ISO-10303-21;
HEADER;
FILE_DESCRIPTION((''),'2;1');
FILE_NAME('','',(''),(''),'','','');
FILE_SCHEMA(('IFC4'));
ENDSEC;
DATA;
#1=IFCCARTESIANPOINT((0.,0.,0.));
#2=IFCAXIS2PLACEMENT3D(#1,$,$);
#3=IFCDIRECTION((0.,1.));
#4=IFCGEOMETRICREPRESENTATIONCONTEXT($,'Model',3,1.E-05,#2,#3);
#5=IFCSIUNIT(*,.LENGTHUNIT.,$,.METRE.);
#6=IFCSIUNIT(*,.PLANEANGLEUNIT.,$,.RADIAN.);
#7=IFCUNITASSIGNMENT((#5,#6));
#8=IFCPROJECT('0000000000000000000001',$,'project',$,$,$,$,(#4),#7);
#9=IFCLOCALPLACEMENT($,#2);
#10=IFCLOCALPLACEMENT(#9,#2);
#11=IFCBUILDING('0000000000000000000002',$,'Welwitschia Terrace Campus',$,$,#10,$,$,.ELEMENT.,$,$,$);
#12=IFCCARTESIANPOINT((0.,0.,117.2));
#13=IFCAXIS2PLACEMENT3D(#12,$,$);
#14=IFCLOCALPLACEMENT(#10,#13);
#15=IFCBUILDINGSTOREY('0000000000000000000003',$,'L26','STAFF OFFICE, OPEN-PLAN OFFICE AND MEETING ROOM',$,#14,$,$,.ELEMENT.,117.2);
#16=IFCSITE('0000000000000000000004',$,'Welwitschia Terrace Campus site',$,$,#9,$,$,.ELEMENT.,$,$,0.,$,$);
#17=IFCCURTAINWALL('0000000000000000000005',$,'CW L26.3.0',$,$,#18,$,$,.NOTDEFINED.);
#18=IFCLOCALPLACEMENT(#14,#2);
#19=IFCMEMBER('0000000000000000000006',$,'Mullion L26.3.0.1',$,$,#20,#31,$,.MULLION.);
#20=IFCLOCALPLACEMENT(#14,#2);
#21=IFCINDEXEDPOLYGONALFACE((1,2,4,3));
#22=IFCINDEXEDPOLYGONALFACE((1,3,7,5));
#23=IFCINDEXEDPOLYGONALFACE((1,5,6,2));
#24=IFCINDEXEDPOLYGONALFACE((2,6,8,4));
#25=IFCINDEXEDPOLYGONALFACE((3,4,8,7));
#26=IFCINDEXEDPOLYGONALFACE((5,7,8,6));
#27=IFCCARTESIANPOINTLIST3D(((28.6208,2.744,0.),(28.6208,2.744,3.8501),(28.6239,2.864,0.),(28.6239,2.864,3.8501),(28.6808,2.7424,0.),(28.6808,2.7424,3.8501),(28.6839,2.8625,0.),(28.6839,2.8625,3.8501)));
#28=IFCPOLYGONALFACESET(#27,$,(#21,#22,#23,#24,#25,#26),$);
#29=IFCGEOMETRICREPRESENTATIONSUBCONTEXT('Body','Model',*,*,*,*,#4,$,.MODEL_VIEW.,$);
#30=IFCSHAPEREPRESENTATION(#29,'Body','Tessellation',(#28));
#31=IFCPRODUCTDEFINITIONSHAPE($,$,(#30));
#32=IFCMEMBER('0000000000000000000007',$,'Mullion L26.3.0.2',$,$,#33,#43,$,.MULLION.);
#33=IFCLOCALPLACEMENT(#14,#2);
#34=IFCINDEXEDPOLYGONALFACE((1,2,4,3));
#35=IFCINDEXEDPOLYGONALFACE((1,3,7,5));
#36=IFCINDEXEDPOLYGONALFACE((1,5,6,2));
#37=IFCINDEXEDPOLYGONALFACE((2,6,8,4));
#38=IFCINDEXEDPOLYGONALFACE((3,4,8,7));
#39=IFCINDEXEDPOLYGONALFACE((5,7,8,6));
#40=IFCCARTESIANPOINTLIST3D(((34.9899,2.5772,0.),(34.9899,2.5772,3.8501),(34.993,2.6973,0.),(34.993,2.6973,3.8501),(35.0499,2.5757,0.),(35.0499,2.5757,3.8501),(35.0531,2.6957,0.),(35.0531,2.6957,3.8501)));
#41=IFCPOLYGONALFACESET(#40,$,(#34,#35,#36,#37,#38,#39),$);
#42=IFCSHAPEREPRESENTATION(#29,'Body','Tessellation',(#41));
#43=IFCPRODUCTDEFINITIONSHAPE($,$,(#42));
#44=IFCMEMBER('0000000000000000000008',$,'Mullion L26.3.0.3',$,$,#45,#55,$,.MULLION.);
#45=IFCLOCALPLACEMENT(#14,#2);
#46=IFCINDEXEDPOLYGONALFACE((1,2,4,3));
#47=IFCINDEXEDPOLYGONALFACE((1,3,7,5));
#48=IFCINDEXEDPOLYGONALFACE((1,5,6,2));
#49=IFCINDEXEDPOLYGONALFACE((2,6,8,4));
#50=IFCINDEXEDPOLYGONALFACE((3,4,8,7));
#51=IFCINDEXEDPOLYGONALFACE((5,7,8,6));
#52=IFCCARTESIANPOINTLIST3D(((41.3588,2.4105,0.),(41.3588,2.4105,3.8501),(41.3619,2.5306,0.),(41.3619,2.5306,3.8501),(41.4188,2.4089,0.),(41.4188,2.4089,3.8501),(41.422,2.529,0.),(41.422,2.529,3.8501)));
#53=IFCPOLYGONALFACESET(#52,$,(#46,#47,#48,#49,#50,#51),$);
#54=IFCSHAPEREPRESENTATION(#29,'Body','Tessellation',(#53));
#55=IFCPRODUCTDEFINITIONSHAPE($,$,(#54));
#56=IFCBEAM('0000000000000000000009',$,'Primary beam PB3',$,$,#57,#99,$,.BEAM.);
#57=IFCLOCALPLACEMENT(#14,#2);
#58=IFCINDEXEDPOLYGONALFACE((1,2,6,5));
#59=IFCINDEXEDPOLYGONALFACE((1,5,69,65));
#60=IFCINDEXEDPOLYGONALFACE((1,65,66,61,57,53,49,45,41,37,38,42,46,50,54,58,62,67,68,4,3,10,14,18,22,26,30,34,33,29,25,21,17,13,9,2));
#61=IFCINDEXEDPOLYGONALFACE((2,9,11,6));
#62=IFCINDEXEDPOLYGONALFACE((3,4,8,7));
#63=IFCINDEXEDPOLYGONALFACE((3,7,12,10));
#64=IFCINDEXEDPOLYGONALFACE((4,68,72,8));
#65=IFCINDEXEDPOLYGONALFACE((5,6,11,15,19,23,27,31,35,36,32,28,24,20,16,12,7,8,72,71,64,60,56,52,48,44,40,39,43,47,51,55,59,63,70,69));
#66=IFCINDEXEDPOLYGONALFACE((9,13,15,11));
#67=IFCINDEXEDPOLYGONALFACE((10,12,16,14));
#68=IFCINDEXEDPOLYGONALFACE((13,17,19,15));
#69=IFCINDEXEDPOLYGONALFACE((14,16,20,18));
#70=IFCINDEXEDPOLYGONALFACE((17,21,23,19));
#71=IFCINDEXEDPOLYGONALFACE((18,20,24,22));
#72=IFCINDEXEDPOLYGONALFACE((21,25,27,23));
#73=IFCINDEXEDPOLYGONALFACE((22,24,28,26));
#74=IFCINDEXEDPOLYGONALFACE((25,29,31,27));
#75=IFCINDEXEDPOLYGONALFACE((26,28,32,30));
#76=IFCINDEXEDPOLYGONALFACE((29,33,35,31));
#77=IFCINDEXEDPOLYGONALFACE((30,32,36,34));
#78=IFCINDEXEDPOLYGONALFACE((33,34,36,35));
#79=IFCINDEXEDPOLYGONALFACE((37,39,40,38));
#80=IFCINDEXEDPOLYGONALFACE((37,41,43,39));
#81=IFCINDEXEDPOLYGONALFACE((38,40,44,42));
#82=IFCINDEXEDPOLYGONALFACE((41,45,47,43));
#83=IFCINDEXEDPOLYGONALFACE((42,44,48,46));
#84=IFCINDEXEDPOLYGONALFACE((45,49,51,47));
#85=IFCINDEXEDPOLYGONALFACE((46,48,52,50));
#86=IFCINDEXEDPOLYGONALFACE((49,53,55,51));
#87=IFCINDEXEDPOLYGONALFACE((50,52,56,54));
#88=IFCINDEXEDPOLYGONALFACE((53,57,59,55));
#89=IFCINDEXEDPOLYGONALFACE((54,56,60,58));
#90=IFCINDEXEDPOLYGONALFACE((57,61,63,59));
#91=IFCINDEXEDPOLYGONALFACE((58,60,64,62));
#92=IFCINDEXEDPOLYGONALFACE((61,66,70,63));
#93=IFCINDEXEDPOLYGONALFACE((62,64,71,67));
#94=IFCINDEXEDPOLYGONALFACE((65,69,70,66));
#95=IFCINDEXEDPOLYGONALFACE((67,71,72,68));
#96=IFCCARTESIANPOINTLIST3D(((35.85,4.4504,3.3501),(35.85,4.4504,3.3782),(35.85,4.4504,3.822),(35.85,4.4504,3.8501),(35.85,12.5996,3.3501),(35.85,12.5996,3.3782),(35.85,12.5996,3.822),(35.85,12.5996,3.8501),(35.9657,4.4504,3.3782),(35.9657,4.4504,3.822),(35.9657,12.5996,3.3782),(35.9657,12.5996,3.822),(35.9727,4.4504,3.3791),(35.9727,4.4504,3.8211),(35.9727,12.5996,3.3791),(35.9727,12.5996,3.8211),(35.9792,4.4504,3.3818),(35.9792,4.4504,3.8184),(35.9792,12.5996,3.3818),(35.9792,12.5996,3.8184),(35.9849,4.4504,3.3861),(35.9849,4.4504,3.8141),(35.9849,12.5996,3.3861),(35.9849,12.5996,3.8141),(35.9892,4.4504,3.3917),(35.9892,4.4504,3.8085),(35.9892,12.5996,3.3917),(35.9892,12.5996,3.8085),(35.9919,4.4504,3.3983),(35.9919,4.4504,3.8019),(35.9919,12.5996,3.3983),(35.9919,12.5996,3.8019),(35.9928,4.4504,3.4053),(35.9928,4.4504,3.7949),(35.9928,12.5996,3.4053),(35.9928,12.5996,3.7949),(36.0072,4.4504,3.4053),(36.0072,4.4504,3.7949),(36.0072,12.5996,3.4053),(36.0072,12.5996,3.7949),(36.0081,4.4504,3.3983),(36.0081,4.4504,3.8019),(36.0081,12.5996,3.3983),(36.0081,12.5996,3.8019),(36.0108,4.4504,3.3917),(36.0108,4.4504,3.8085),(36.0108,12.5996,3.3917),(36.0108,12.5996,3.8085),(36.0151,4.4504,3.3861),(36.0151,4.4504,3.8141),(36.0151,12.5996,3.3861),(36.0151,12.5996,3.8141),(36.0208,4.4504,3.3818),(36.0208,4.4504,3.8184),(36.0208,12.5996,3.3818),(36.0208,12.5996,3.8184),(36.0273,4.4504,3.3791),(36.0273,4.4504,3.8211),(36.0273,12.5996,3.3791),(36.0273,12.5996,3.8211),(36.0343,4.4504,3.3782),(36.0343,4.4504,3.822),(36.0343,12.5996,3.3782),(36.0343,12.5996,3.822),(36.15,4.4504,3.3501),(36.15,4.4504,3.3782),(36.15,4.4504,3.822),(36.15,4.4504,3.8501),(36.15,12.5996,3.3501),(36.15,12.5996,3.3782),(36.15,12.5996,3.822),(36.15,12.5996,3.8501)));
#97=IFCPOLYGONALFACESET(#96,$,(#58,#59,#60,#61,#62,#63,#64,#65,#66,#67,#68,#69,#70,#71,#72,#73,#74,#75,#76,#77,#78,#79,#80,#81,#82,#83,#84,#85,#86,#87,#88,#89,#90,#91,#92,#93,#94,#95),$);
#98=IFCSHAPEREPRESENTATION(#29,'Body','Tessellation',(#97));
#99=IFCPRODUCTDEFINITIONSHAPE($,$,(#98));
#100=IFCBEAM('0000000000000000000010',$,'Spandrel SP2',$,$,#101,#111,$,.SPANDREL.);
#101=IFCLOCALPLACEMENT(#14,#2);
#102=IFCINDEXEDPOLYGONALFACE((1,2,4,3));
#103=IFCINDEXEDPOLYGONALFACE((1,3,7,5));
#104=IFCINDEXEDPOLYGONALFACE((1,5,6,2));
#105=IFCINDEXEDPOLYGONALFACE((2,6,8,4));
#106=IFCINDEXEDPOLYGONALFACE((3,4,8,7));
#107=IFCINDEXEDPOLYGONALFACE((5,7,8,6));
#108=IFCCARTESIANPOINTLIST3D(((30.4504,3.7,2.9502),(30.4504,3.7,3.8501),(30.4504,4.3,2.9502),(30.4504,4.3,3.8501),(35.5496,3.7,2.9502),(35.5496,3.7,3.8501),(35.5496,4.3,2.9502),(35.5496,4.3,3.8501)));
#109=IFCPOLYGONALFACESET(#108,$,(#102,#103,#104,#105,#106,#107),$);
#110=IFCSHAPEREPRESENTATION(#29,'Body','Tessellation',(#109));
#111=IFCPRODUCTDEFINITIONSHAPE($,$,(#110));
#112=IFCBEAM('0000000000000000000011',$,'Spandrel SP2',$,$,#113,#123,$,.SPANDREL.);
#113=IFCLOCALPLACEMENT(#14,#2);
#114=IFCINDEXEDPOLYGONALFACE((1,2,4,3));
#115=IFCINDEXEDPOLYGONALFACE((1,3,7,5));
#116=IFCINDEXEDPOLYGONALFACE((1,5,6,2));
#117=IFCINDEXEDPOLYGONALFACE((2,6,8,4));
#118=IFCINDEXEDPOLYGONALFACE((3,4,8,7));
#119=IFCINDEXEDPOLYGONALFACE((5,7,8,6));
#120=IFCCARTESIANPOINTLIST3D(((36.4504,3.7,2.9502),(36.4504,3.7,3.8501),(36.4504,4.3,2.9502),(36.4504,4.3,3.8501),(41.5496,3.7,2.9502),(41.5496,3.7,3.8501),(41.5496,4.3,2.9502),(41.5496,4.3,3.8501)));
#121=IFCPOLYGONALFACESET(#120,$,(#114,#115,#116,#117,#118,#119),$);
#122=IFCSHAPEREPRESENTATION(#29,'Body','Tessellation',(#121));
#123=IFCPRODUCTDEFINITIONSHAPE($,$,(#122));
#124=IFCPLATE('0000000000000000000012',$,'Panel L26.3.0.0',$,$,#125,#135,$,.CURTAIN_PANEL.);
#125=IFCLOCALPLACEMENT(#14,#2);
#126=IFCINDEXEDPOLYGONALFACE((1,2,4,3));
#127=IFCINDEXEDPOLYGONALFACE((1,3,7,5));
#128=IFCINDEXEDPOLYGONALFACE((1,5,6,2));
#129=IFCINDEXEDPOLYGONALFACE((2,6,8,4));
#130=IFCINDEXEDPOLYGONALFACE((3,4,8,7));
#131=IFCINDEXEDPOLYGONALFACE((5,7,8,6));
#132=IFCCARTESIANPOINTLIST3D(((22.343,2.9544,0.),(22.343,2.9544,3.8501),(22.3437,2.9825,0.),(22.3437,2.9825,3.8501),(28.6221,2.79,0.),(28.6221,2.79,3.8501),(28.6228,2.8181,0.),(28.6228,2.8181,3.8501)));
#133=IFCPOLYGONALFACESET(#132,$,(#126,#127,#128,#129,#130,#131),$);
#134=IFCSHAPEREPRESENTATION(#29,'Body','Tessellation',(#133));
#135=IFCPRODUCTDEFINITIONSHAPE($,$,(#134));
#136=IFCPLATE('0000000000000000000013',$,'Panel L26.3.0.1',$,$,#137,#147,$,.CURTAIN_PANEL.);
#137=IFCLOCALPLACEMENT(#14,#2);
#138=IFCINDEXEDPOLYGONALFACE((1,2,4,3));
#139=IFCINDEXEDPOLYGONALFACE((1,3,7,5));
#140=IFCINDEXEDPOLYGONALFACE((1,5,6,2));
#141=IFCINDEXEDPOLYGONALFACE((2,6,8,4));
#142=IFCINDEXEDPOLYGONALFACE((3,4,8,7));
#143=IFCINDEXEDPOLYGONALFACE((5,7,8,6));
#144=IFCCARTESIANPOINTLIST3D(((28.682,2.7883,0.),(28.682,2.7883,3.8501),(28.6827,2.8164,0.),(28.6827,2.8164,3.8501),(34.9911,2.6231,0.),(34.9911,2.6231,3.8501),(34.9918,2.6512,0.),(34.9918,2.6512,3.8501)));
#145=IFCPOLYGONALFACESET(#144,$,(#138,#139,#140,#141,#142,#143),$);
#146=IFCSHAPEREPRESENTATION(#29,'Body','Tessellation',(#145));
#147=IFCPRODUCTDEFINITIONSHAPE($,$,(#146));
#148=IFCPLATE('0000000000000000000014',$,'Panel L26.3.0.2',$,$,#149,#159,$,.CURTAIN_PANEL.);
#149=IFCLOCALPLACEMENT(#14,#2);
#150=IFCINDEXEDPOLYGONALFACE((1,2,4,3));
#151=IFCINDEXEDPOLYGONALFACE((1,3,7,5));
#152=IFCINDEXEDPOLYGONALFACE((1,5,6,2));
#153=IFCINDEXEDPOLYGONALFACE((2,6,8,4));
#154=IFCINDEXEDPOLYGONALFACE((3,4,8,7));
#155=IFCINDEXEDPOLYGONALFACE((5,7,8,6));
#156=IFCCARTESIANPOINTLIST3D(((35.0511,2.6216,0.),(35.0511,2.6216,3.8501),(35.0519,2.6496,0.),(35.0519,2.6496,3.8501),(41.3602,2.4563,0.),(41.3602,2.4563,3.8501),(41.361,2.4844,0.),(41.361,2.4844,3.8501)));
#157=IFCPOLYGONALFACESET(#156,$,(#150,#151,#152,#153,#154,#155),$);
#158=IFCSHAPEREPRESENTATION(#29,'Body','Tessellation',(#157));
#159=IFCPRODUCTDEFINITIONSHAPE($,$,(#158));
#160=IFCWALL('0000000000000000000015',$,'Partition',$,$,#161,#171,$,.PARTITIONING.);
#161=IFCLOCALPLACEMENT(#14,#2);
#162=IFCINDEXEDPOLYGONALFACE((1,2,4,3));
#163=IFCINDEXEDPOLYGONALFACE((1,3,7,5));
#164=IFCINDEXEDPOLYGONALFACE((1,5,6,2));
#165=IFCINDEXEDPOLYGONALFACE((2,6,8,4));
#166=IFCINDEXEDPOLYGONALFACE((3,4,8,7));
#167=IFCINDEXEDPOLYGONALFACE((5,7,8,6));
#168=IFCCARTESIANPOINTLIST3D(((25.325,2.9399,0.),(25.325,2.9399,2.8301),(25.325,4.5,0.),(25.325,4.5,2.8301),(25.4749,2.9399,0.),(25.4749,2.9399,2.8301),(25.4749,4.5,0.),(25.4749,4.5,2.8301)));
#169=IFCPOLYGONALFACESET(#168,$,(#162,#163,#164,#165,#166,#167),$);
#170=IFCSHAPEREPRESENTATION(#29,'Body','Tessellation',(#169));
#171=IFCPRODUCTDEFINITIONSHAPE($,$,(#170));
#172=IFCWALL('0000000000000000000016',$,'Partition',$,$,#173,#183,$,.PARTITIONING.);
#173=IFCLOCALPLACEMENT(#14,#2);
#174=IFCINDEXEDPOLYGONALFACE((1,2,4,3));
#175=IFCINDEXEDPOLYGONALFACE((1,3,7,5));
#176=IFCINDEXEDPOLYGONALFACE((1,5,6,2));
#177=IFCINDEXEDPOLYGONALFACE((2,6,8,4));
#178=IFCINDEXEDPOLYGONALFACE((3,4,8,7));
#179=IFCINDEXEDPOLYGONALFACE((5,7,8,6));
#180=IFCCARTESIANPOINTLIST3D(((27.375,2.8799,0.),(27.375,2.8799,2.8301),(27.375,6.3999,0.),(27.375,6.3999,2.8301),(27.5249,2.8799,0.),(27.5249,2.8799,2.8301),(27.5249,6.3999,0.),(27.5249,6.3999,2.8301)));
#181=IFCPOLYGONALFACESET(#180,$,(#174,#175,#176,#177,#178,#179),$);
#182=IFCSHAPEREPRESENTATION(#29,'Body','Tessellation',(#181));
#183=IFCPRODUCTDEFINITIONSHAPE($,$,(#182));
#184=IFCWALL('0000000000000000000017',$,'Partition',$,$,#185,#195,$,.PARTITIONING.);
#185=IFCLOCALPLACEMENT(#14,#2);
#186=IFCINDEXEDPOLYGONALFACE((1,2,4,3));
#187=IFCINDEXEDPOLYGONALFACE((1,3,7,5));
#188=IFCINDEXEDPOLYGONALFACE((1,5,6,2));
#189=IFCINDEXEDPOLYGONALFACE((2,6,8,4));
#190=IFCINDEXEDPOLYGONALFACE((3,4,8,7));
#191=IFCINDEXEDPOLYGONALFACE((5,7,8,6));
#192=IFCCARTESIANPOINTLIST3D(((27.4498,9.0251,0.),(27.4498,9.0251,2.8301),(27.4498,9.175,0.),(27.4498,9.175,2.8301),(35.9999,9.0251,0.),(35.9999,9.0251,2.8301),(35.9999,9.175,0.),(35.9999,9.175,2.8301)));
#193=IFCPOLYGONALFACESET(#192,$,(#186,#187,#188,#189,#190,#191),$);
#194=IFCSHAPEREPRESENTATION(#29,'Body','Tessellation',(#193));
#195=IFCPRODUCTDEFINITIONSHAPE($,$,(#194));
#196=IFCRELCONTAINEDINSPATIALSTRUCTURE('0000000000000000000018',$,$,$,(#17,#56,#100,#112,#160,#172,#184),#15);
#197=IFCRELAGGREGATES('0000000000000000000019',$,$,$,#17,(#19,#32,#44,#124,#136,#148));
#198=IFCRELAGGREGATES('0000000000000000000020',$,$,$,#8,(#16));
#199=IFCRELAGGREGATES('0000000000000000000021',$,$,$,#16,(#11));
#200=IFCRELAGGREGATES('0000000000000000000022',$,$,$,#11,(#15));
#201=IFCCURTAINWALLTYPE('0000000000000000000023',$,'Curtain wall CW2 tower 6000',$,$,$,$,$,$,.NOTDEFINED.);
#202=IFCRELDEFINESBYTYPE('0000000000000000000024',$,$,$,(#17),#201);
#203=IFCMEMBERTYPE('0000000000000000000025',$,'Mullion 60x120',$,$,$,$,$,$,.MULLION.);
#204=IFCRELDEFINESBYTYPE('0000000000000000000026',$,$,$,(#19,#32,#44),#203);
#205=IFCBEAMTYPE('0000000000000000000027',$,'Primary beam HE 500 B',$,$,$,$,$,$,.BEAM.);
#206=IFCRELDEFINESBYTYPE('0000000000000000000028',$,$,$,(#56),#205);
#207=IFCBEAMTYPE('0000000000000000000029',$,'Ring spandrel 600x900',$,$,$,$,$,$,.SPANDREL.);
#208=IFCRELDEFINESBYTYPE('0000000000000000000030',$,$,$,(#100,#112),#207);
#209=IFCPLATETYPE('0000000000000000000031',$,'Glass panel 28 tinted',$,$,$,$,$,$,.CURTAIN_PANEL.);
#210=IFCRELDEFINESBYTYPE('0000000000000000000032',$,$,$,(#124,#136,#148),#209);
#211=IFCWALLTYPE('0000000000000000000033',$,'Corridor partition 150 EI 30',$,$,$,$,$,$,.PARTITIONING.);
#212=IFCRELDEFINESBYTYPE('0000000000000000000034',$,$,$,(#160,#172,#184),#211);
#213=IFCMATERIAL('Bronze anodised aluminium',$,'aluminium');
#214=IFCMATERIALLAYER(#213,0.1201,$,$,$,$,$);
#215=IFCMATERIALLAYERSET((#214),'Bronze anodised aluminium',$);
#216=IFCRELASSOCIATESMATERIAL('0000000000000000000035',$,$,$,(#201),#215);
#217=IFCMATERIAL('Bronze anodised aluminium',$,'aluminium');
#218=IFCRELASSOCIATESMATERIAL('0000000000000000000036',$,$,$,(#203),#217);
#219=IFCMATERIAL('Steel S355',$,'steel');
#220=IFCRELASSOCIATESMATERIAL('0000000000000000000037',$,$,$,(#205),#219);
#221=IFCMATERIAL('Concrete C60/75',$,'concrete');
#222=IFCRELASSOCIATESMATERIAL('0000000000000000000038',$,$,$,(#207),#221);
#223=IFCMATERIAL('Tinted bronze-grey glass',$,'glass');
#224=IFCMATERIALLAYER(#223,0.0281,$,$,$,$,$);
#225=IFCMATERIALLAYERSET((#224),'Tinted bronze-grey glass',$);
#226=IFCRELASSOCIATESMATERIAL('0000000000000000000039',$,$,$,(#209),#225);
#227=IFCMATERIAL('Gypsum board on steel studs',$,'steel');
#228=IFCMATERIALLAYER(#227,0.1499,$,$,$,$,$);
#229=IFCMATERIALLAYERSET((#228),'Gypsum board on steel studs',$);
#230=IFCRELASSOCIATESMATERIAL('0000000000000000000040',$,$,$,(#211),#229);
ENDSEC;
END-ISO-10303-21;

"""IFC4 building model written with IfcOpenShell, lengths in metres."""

from ifc_helpers import new_model, si_unit, direction, frame, frame_2d, origin, origin_2d, place, context, subcontext, project, spatial, rectangle, i_section, extrude, material, layer, layer_set, material_profile, profile_set, type_object, element, aggregate, save


model = new_model("IFC4")

# Units and contexts
model_context = context("Model", 3, precision=1e-05, world=origin(), true_north=direction((0.0, 1.0)))
body_context = subcontext(model_context, "Body", "Model", "MODEL_VIEW")
ifc_project = project(units=[si_unit("LENGTHUNIT", "METRE"), si_unit("PLANEANGLEUNIT", "RADIAN")], contexts=[model_context])

# Site, building, storey
site_placement = place(None, origin())
site = spatial("IfcSite", under=ifc_project, at=site_placement, Name="Welwitschia Terrace Campus site", CompositionType="ELEMENT", RefElevation=0.0)
building_placement = place(site_placement, origin())
building = spatial("IfcBuilding", under=site, at=building_placement, Name="Welwitschia Terrace Campus", CompositionType="ELEMENT")
storey_placement = place(building_placement, frame((0.0, 0.0, 117.2)))
storey = spatial("IfcBuildingStorey", under=building, at=storey_placement, Name="L26", Description="STAFF OFFICE, OPEN-PLAN OFFICE AND MEETING ROOM", CompositionType="ELEMENT", Elevation=117.2)

# Curtain wall, members
ifc_material_1 = material(Name="Bronze anodised aluminium", Category="aluminium")
ifc_layer_1 = layer(ifc_material_1, 0.1201)
ifc_layer_set_1 = layer_set([ifc_layer_1], Name="Bronze anodised aluminium")
curtain_wall_type = type_object("IfcCurtainWallType", Name="Curtain wall CW2 tower 6000", PredefinedType="NOTDEFINED", material=ifc_layer_set_1)
curtain_wall_placement = place(storey_placement, origin())
curtain_wall = element("IfcCurtainWall", 1, at=curtain_wall_placement, inside=storey, type_object=curtain_wall_type, Name="CW L26.3.0", PredefinedType="NOTDEFINED")
ifc_material_2 = material(Name="Bronze anodised aluminium", Category="aluminium")
ifc_material_profile_1 = material_profile(ifc_material_2, rectangle(XDim=0.1201, YDim=0.0601, at=origin_2d()))
ifc_profile_set_1 = profile_set([ifc_material_profile_1], Name="Bronze anodised aluminium")
member_type = type_object("IfcMemberType", Name="Mullion 60x120", PredefinedType="MULLION", material=ifc_profile_set_1)
member_1_placement = place(storey_placement, frame((28.6523, 2.8032, 0.0), z_axis=(0.0, 0.0, 1.0), x_axis=(0.026177, 0.999657, 0.0)))
member_1 = element("IfcMember", 2, at=member_1_placement, type_object=member_type, Name="Mullion L26.3.0.1", PredefinedType="MULLION", context=body_context, shape_type="SweptSolid", body=[
    extrude(rectangle(XDim=0.1201, YDim=0.0601, at=origin_2d()), origin(), (0.0, 0.0, 1.0), 3.8501),
])
member_2_placement = place(storey_placement, frame((35.0215, 2.6365, 0.0), z_axis=(0.0, 0.0, 1.0), x_axis=(0.026177, 0.999657, 0.0)))
member_2 = element("IfcMember", 3, at=member_2_placement, type_object=member_type, Name="Mullion L26.3.0.2", PredefinedType="MULLION", context=body_context, shape_type="SweptSolid", body=[
    extrude(rectangle(XDim=0.1201, YDim=0.0601, at=origin_2d()), origin(), (0.0, 0.0, 1.0), 3.8501),
])
member_3_placement = place(storey_placement, frame((41.3904, 2.4697, 0.0), z_axis=(0.0, 0.0, 1.0), x_axis=(0.026177, 0.999657, 0.0)))
member_3 = element("IfcMember", 4, at=member_3_placement, type_object=member_type, Name="Mullion L26.3.0.3", PredefinedType="MULLION", context=body_context, shape_type="SweptSolid", body=[
    extrude(rectangle(XDim=0.1201, YDim=0.0601, at=origin_2d()), origin(), (0.0, 0.0, 1.0), 3.8501),
])

# Beams
ifc_material_3 = material(Name="Steel S355", Category="steel")
ifc_material_profile_2 = material_profile(ifc_material_3, i_section(OverallWidth=0.3, OverallDepth=0.5, WebThickness=0.0144, FlangeThickness=0.0281, FilletRadius=0.0271, at=origin_2d()))
ifc_profile_set_2 = profile_set([ifc_material_profile_2], Name="Steel S355")
beam_type_1 = type_object("IfcBeamType", Name="Primary beam HE 500 B", PredefinedType="BEAM", material=ifc_profile_set_2)
beam_1_placement = place(storey_placement, frame((36.0, 4.4504, 3.6001), z_axis=(0.0, 1.0, 0.0), x_axis=(-1.0, 0.0, 0.0)))
element("IfcBeam", 5, at=beam_1_placement, inside=storey, type_object=beam_type_1, Name="Primary beam PB3", PredefinedType="BEAM", context=body_context, shape_type="SweptSolid", body=[
    extrude(i_section(OverallWidth=0.3, OverallDepth=0.5, WebThickness=0.0144, FlangeThickness=0.0281, FilletRadius=0.0271, at=origin_2d()), origin(), (0.0, 0.0, 1.0), 8.1492),
])
ifc_material_4 = material(Name="Concrete C60/75", Category="concrete")
ifc_material_profile_3 = material_profile(ifc_material_4, rectangle(XDim=0.6001, YDim=0.8999, at=origin_2d()))
ifc_profile_set_3 = profile_set([ifc_material_profile_3], Name="Concrete C60/75")
beam_type_2 = type_object("IfcBeamType", Name="Ring spandrel 600x900", PredefinedType="SPANDREL", material=ifc_profile_set_3)
for number, where, z_axis, x_axis, name in (
    (6, (30.4504, 4.0, 3.4001), (1.0, 0.0, 0.0), (0.0, 1.0, 0.0), "Spandrel SP2"),
    (7, (36.4504, 4.0, 3.4001), (1.0, 0.0, 0.0), (0.0, 1.0, 0.0), "Spandrel SP2"),
):
    element("IfcBeam", number, at=place(storey_placement, frame(where, z_axis=z_axis, x_axis=x_axis)), inside=storey, type_object=beam_type_2, Name=name, PredefinedType="SPANDREL", context=body_context, shape_type="SweptSolid", body=[
        extrude(rectangle(XDim=0.6001, YDim=0.8999, at=origin_2d()), origin(), (0.0, 0.0, 1.0), 5.0991),
    ])

# Plates
ifc_material_5 = material(Name="Tinted bronze-grey glass", Category="glass")
ifc_layer_2 = layer(ifc_material_5, 0.0281)
ifc_layer_set_2 = layer_set([ifc_layer_2], Name="Tinted bronze-grey glass")
plate_type = type_object("IfcPlateType", Name="Glass panel 28 tinted", PredefinedType="CURTAIN_PANEL", material=ifc_layer_set_2)
plate_1_placement = place(storey_placement, frame((25.4829, 2.8862, 0.0), z_axis=(0.0, 0.0, 1.0), x_axis=(0.999657, -0.026177, 0.0)))
plate_1 = element("IfcPlate", 8, at=plate_1_placement, type_object=plate_type, Name="Panel L26.3.0.0", PredefinedType="CURTAIN_PANEL", context=body_context, shape_type="SweptSolid", body=[
    extrude(rectangle(XDim=6.2812, YDim=0.0281, at=origin_2d()), origin(), (0.0, 0.0, 1.0), 3.8501),
])
plate_2_placement = place(storey_placement, frame((31.8369, 2.7197, 0.0), z_axis=(0.0, 0.0, 1.0), x_axis=(0.999657, -0.026177, 0.0)))
plate_2 = element("IfcPlate", 9, at=plate_2_placement, type_object=plate_type, Name="Panel L26.3.0.1", PredefinedType="CURTAIN_PANEL", context=body_context, shape_type="SweptSolid", body=[
    extrude(rectangle(XDim=6.3113, YDim=0.0281, at=origin_2d()), origin(), (0.0, 0.0, 1.0), 3.8501),
])
plate_3_placement = place(storey_placement, frame((38.2061, 2.553, 0.0), z_axis=(0.0, 0.0, 1.0), x_axis=(0.999657, -0.026177, 0.0)))
plate_3 = element("IfcPlate", 10, at=plate_3_placement, type_object=plate_type, Name="Panel L26.3.0.2", PredefinedType="CURTAIN_PANEL", context=body_context, shape_type="SweptSolid", body=[
    extrude(rectangle(XDim=6.3113, YDim=0.0281, at=origin_2d()), origin(), (0.0, 0.0, 1.0), 3.8501),
])
aggregate(curtain_wall, [member_1, member_2, member_3, plate_1, plate_2, plate_3])

# Walls
ifc_material_6 = material(Name="Gypsum board on steel studs", Category="steel")
ifc_layer_3 = layer(ifc_material_6, 0.1499)
ifc_layer_set_3 = layer_set([ifc_layer_3], Name="Gypsum board on steel studs")
wall_type = type_object("IfcWallType", Name="Corridor partition 150 EI 30", PredefinedType="PARTITIONING", material=ifc_layer_set_3)
wall_1_placement = place(storey_placement, frame((25.3999, 2.9399, 0.0), z_axis=(0.0, 0.0, 1.0), x_axis=(0.0, 1.0, 0.0)))
element("IfcWall", 11, at=wall_1_placement, inside=storey, type_object=wall_type, Name="Partition", PredefinedType="PARTITIONING", context=body_context, shape_type="SweptSolid", body=[
    extrude(rectangle(XDim=1.5601, YDim=0.1499, at=frame_2d((0.78, 0.0))), origin(), (0.0, 0.0, 1.0), 2.8301),
])
wall_2_placement = place(storey_placement, frame((27.45, 2.8799, 0.0), z_axis=(0.0, 0.0, 1.0), x_axis=(0.0, 1.0, 0.0)))
element("IfcWall", 12, at=wall_2_placement, inside=storey, type_object=wall_type, Name="Partition", PredefinedType="PARTITIONING", context=body_context, shape_type="SweptSolid", body=[
    extrude(rectangle(XDim=3.52, YDim=0.1499, at=frame_2d((1.76, 0.0))), origin(), (0.0, 0.0, 1.0), 2.8301),
])
wall_3_placement = place(storey_placement, frame((27.45, 9.1001, 0.0), z_axis=(0.0, 0.0, 1.0), x_axis=(1.0, 0.0, 0.0)))
element("IfcWall", 13, at=wall_3_placement, inside=storey, type_object=wall_type, Name="Partition", PredefinedType="PARTITIONING", context=body_context, shape_type="SweptSolid", body=[
    extrude(rectangle(XDim=8.55, YDim=0.1499, at=frame_2d((4.2749, 0.0))), origin(), (0.0, 0.0, 1.0), 2.8301),
])

save(model, "model.ifc")
